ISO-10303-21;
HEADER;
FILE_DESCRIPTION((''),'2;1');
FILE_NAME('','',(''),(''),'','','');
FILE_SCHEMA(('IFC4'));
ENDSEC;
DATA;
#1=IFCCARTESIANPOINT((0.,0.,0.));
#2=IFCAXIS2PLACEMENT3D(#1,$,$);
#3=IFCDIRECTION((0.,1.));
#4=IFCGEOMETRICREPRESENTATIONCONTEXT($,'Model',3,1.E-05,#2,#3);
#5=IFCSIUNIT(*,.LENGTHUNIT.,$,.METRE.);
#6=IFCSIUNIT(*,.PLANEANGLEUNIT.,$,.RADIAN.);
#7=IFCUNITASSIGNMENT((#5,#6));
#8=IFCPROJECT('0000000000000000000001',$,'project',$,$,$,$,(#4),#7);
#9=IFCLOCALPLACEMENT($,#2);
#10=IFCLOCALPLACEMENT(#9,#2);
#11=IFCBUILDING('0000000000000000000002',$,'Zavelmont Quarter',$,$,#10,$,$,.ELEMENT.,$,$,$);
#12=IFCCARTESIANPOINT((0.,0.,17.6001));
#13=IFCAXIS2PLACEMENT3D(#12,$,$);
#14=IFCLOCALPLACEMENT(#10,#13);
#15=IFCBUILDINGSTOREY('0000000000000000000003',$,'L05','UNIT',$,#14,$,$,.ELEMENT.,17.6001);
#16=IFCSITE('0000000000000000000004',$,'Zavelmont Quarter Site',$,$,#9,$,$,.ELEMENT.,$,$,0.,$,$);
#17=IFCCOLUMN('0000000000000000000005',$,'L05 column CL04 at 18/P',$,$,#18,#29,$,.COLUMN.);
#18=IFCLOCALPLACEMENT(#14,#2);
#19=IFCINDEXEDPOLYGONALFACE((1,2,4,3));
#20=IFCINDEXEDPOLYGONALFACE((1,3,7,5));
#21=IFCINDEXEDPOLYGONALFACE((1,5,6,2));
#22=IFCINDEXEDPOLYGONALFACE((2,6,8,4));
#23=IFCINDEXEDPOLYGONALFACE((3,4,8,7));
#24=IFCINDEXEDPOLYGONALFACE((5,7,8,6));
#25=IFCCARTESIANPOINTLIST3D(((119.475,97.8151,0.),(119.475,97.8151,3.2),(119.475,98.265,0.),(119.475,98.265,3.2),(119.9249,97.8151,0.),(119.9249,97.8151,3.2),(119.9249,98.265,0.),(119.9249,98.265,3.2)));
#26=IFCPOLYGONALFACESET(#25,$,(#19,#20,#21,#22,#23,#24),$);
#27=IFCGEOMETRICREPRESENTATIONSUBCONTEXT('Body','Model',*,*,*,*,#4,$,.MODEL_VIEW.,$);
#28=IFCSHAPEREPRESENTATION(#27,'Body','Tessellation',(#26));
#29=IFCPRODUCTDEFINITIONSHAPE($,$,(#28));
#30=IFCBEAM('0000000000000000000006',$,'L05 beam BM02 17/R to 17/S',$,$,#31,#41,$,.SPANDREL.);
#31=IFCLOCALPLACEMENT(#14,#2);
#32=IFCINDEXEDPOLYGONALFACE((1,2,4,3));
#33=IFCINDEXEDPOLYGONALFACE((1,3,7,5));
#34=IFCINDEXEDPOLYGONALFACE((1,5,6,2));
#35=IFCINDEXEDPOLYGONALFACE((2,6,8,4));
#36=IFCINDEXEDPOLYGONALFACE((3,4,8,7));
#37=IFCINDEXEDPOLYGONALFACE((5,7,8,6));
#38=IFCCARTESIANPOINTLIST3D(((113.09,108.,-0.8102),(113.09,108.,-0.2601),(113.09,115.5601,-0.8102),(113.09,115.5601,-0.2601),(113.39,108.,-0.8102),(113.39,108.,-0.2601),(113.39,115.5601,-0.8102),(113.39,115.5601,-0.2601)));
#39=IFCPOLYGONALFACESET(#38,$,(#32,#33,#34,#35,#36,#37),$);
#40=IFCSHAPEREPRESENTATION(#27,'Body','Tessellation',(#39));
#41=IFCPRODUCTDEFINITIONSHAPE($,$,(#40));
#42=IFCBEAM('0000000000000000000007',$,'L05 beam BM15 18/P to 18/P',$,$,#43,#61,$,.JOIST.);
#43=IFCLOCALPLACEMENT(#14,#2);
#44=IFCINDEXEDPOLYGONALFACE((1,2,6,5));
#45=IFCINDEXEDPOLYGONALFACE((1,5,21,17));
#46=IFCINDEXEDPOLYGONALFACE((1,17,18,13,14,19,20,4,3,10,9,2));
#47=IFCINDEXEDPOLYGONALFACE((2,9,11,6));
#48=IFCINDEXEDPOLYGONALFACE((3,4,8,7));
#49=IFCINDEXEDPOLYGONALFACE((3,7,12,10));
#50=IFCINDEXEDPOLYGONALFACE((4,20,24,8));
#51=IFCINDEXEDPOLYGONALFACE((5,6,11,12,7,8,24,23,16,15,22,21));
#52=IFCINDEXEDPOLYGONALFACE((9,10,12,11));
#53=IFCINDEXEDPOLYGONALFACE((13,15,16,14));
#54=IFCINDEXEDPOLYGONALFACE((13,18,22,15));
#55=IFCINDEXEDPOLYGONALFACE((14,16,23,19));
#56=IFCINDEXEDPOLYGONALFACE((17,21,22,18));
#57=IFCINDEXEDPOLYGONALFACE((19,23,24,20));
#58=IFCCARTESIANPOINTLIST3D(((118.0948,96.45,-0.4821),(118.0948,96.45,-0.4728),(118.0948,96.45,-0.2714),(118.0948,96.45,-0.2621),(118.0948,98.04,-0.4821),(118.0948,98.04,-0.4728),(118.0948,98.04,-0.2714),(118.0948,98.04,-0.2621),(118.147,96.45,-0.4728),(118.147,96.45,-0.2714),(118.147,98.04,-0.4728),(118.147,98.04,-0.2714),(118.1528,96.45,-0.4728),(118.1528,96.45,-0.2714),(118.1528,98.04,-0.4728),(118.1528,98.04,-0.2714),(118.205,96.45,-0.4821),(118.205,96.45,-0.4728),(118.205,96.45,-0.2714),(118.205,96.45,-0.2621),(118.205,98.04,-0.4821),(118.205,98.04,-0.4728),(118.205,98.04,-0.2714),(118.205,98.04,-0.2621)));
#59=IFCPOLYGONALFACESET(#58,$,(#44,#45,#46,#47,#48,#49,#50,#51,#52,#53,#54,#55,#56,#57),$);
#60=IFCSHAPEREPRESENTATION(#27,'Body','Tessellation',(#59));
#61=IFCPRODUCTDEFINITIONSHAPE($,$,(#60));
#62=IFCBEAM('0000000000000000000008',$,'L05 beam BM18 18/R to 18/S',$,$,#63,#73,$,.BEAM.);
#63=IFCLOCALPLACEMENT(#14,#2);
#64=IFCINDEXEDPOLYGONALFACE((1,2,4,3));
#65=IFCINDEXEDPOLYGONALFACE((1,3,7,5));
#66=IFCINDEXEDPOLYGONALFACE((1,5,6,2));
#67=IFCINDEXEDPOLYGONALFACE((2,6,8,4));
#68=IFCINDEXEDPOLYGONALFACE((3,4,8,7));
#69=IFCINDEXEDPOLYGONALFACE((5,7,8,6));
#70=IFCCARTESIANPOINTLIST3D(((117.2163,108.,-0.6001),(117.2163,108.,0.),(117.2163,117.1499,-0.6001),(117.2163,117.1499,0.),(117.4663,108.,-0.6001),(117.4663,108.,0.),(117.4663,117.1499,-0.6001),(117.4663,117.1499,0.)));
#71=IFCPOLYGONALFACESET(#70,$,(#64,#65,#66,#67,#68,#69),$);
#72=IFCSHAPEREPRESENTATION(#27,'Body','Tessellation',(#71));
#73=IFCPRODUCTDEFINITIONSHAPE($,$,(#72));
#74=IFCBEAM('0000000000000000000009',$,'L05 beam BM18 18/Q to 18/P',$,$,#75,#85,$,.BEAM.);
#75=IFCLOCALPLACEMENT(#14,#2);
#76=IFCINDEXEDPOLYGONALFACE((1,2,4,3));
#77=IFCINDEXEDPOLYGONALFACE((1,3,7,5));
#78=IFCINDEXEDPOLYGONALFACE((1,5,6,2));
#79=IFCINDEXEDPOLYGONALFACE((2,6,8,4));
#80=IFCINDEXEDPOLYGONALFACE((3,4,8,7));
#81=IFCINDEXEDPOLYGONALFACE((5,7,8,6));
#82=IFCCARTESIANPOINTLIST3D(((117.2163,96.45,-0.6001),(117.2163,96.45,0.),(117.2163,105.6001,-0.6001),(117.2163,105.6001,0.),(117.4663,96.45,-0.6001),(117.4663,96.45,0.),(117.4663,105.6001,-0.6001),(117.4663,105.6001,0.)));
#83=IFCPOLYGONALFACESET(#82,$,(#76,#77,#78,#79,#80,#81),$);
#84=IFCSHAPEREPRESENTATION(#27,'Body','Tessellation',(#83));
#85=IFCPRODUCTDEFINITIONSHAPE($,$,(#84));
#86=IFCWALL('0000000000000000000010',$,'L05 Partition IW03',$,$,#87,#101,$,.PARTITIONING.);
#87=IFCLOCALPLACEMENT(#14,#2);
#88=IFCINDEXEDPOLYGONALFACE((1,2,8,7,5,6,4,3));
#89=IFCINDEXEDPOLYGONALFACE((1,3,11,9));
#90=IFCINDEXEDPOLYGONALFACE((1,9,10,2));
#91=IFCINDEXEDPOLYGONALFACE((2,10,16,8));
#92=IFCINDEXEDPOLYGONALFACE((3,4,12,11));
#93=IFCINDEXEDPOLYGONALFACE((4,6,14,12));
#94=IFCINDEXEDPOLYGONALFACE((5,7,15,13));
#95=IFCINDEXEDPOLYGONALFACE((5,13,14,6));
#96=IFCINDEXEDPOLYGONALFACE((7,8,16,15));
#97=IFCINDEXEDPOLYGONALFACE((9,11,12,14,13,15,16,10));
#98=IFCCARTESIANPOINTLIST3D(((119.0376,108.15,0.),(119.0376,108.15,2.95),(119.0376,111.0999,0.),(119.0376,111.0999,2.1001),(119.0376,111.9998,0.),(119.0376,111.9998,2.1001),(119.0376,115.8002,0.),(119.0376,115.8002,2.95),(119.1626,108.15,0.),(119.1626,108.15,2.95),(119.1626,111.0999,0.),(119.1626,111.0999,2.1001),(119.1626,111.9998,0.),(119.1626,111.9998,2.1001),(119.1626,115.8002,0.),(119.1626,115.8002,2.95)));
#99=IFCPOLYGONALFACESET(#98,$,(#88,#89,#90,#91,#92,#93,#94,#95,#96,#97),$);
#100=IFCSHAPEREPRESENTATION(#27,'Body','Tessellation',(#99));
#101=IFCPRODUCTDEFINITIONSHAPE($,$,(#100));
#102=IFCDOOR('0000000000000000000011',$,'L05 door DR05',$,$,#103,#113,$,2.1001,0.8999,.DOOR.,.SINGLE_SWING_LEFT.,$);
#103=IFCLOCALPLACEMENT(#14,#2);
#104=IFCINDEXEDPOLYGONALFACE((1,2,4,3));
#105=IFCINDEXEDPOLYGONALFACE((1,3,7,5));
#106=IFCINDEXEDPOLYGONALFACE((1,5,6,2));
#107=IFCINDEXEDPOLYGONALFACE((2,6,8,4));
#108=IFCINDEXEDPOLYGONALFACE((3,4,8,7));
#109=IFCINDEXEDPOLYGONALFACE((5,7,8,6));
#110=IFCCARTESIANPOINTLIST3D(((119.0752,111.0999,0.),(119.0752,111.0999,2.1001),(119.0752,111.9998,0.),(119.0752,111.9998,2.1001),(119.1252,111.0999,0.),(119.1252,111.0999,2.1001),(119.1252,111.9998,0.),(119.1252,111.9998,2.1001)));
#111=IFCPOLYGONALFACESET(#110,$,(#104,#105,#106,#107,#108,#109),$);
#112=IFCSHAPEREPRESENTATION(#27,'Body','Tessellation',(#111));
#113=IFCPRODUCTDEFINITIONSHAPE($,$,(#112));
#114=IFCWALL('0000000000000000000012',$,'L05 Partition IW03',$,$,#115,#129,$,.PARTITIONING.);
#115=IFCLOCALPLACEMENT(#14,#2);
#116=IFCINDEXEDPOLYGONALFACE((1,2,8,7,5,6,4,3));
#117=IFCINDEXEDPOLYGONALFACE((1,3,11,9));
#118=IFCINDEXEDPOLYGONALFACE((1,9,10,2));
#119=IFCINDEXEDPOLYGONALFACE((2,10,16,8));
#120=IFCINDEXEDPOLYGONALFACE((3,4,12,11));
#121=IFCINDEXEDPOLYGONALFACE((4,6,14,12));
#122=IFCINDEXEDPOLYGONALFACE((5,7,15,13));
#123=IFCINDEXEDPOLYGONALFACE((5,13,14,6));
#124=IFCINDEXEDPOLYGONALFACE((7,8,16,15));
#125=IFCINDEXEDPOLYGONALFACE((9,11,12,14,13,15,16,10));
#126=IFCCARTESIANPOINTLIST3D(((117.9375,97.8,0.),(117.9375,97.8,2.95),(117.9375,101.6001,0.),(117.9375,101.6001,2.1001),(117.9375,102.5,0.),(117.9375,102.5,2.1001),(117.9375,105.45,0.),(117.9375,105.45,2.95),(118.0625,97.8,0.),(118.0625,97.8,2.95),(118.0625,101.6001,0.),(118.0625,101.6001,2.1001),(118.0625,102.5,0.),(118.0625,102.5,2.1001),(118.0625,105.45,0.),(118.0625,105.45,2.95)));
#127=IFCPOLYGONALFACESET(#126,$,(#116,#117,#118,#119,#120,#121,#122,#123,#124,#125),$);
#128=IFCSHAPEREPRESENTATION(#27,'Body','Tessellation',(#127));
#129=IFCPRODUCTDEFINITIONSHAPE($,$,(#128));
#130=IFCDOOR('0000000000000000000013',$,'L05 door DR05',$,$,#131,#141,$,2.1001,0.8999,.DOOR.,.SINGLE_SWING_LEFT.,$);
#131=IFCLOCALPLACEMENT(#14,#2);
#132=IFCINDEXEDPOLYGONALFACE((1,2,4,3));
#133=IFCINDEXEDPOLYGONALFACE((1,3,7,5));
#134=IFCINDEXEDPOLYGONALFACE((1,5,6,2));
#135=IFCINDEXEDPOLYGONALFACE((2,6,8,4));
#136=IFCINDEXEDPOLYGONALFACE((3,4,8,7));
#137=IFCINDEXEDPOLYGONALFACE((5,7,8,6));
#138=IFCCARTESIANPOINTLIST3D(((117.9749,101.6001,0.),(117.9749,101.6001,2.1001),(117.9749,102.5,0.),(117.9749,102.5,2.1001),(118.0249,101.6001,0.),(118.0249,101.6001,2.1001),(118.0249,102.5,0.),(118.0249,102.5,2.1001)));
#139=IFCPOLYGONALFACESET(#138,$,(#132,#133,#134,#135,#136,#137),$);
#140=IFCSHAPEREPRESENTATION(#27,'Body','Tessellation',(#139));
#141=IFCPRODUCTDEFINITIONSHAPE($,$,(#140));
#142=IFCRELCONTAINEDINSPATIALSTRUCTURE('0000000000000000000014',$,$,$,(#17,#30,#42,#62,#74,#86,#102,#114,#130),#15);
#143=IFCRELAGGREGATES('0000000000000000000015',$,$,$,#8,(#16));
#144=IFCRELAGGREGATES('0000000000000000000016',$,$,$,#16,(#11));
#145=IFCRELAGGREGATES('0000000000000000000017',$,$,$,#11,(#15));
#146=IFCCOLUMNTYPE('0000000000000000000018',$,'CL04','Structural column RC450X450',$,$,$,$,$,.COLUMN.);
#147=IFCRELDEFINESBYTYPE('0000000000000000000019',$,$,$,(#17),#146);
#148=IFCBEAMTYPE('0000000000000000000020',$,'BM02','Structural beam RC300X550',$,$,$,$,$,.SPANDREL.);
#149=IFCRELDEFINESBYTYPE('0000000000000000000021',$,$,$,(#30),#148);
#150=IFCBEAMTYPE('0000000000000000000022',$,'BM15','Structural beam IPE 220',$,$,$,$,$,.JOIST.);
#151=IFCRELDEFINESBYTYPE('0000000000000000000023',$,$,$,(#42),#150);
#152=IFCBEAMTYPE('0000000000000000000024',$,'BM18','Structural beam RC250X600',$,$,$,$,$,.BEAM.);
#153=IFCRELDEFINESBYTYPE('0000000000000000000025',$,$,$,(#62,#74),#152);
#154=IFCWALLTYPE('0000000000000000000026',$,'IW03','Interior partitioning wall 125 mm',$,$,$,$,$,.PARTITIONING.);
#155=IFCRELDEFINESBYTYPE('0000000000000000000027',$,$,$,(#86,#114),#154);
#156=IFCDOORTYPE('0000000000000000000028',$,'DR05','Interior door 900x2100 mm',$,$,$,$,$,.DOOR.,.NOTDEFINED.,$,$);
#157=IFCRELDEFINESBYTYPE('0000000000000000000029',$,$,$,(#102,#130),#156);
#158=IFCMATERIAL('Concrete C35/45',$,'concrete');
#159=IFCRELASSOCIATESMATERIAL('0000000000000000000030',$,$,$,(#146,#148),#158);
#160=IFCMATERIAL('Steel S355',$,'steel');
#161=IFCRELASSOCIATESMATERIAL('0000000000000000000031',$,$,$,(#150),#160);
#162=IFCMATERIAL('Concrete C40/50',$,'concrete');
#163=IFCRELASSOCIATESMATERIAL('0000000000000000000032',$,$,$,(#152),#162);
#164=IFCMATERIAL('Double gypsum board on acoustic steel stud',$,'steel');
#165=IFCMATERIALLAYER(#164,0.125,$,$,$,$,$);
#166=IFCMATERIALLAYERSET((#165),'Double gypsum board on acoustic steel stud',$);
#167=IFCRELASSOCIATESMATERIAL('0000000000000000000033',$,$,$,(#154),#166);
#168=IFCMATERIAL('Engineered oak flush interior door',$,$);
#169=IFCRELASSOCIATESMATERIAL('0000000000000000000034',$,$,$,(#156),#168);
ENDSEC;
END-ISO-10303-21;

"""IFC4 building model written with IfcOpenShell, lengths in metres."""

from ifc_helpers import new_model, si_unit, direction, frame, frame_2d, origin, origin_with_axes, origin_2d, place, context, subcontext, project, spatial, rectangle, i_section, extrude, material, layer, layer_set, material_profile, profile_set, type_object, element, fill, save


model = new_model("IFC4")

# Units and contexts
model_context = context("Model", 3, precision=1e-05, world=origin(), true_north=direction((0.0, 1.0)))
body_context = subcontext(model_context, "Body", "Model", "MODEL_VIEW")
ifc_project = project(units=[si_unit("LENGTHUNIT", "METRE"), si_unit("PLANEANGLEUNIT", "RADIAN")], contexts=[model_context])

# Site, building, storey
site_placement = place(None, origin())
site = spatial("IfcSite", under=ifc_project, at=site_placement, Name="Zavelmont Quarter Site", CompositionType="ELEMENT", RefElevation=0.0)
building_placement = place(site_placement, origin())
building = spatial("IfcBuilding", under=site, at=building_placement, Name="Zavelmont Quarter", CompositionType="ELEMENT")
storey_placement = place(building_placement, frame((0.0, 0.0, 17.6001)))
storey = spatial("IfcBuildingStorey", under=building, at=storey_placement, Name="L05", Description="UNIT", CompositionType="ELEMENT", Elevation=17.6001)

# Column
ifc_material_1 = material(Name="Concrete C35/45", Category="concrete")
ifc_material_profile_1 = material_profile(ifc_material_1, rectangle(XDim=0.45, YDim=0.45, at=origin_2d()), Name="RC450X450")
ifc_profile_set_1 = profile_set([ifc_material_profile_1], Name="Concrete C35/45")
column_type = type_object("IfcColumnType", Name="CL04", Description="Structural column RC450X450", PredefinedType="COLUMN", material=ifc_profile_set_1)
column_placement = place(storey_placement, frame((119.7, 98.04, 0.0), z_axis=(0.0, 0.0, 1.0), x_axis=(1.0, 0.0, 0.0)))
element("IfcColumn", 1, at=column_placement, inside=storey, type_object=column_type, Name="L05 column CL04 at 18/P", PredefinedType="COLUMN", context=body_context, shape_type="SweptSolid", body=[
    extrude(rectangle(XDim=0.45, YDim=0.45, at=origin_2d()), origin(), (0.0, 0.0, 1.0), 3.2),
])

# Beams
ifc_material_profile_2 = material_profile(ifc_material_1, rectangle(XDim=0.3, YDim=0.55, at=origin_2d()), Name="RC300X550")
ifc_profile_set_2 = profile_set([ifc_material_profile_2], Name="Concrete C35/45")
beam_type_1 = type_object("IfcBeamType", Name="BM02", Description="Structural beam RC300X550", PredefinedType="SPANDREL", material=ifc_profile_set_2)
beam_1_placement = place(storey_placement, frame((113.24, 108.0, -0.5352), z_axis=(0.0, 1.0, 0.0), x_axis=(-1.0, 0.0, 0.0)))
element("IfcBeam", 2, at=beam_1_placement, inside=storey, type_object=beam_type_1, Name="L05 beam BM02 17/R to 17/S", PredefinedType="SPANDREL", context=body_context, shape_type="SweptSolid", body=[
    extrude(rectangle(XDim=0.3, YDim=0.55, at=origin_2d()), origin(), (0.0, 0.0, 1.0), 7.5601),
])
ifc_material_2 = material(Name="Steel S355", Category="steel")
ifc_material_profile_3 = material_profile(ifc_material_2, i_section(OverallWidth=0.1101, OverallDepth=0.22, WebThickness=0.0059, FlangeThickness=0.0093, at=origin_2d()), Name="IPE 220")
ifc_profile_set_3 = profile_set([ifc_material_profile_3], Name="Steel S355")
beam_type_2 = type_object("IfcBeamType", Name="BM15", Description="Structural beam IPE 220", PredefinedType="JOIST", material=ifc_profile_set_3)
beam_2_placement = place(storey_placement, frame((118.1499, 98.04, -0.3721), z_axis=(0.0, -1.0, 0.0), x_axis=(1.0, 0.0, 0.0)))
element("IfcBeam", 3, at=beam_2_placement, inside=storey, type_object=beam_type_2, Name="L05 beam BM15 18/P to 18/P", PredefinedType="JOIST", context=body_context, shape_type="SweptSolid", body=[
    extrude(i_section(OverallWidth=0.1101, OverallDepth=0.22, WebThickness=0.0059, FlangeThickness=0.0093, at=origin_2d()), origin(), (0.0, 0.0, 1.0), 1.5901),
])
ifc_material_3 = material(Name="Concrete C40/50", Category="concrete")
ifc_material_profile_4 = material_profile(ifc_material_3, rectangle(XDim=0.25, YDim=0.6001, at=origin_2d()), Name="RC250X600")
ifc_profile_set_4 = profile_set([ifc_material_profile_4], Name="Concrete C40/50")
beam_type_3 = type_object("IfcBeamType", Name="BM18", Description="Structural beam RC250X600", PredefinedType="BEAM", material=ifc_profile_set_4)
beam_3_placement = place(storey_placement, frame((117.3413, 108.0, -0.3), z_axis=(0.0, 1.0, 0.0), x_axis=(-1.0, 0.0, 0.0)))
element("IfcBeam", 4, at=beam_3_placement, inside=storey, type_object=beam_type_3, Name="L05 beam BM18 18/R to 18/S", PredefinedType="BEAM", context=body_context, shape_type="SweptSolid", body=[
    extrude(rectangle(XDim=0.25, YDim=0.6001, at=origin_2d()), origin(), (0.0, 0.0, 1.0), 9.1499),
])
beam_4_placement = place(storey_placement, frame((117.3413, 105.6001, -0.3), z_axis=(0.0, -1.0, 0.0), x_axis=(1.0, 0.0, 0.0)))
element("IfcBeam", 5, at=beam_4_placement, inside=storey, type_object=beam_type_3, Name="L05 beam BM18 18/Q to 18/P", PredefinedType="BEAM", context=body_context, shape_type="SweptSolid", body=[
    extrude(rectangle(XDim=0.25, YDim=0.6001, at=origin_2d()), origin(), (0.0, 0.0, 1.0), 9.1501),
])

# Walls, openings, doors
ifc_material_4 = material(Name="Double gypsum board on acoustic steel stud", Category="steel")
ifc_layer_1 = layer(ifc_material_4, 0.125)
ifc_layer_set_1 = layer_set([ifc_layer_1], Name="Double gypsum board on acoustic steel stud")
wall_type_1 = type_object("IfcWallType", Name="IW03", Description="Interior partitioning wall 125 mm", PredefinedType="PARTITIONING", material=ifc_layer_set_1)
wall_1_placement = place(storey_placement, frame((119.1001, 108.1499, 0.0), z_axis=(0.0, 0.0, 1.0), x_axis=(0.0, 1.0, 0.0)))
wall_1 = element("IfcWall", 6, at=wall_1_placement, inside=storey, type_object=wall_type_1, Name="L05 Partition IW03", PredefinedType="PARTITIONING", context=body_context, shape_type="SweptSolid", body=[
    extrude(rectangle(XDim=7.6501, YDim=0.125, at=frame_2d((3.8252, 0.0))), origin(), (0.0, 0.0, 1.0), 2.95),
])
opening_1_placement = place(wall_1_placement, frame((2.95, 0.0, 0.0)))
opening_1 = element("IfcOpeningElement", 7, at=opening_1_placement, cuts=wall_1, PredefinedType="OPENING", context=body_context, shape_type="SweptSolid", body=[
    extrude(rectangle(XDim=0.8999, YDim=2.1001, at=frame_2d((0.45, 1.05))), frame((0.0, 0.0745, 0.0), z_axis=(0.0, -1.0, 0.0), x_axis=(1.0, 0.0, 0.0)), (0.0, 0.0, 1.0), 0.1489),
])
ifc_material_5 = material(Name="Engineered oak flush interior door")
door_type_1 = type_object("IfcDoorType", Name="DR05", Description="Interior door 900x2100 mm", OperationType="NOTDEFINED", PredefinedType="DOOR", material=ifc_material_5)
door_1_placement = place(opening_1_placement, origin_with_axes())
door_1 = element("IfcDoor", 8, at=door_1_placement, inside=storey, type_object=door_type_1, Name="L05 door DR05", OperationType="SINGLE_SWING_LEFT", OverallHeight=2.1001, OverallWidth=0.8999, PredefinedType="DOOR", context=body_context, shape_type="SweptSolid", body=[
    extrude(rectangle(XDim=0.8999, YDim=2.1001, at=frame_2d((0.45, 1.05))), frame((0.0, 0.0249, 0.0), z_axis=(0.0, -1.0, 0.0), x_axis=(1.0, 0.0, 0.0)), (0.0, 0.0, 1.0), 0.05),
])
fill(opening_1, door_1)
wall_2_placement = place(storey_placement, frame((118.0, 105.45, 0.0), z_axis=(0.0, 0.0, 1.0), x_axis=(0.0, -1.0, 0.0)))
wall_2 = element("IfcWall", 9, at=wall_2_placement, inside=storey, type_object=wall_type_1, Name="L05 Partition IW03", PredefinedType="PARTITIONING", context=body_context, shape_type="SweptSolid", body=[
    extrude(rectangle(XDim=7.6499, YDim=0.125, at=frame_2d((3.825, 0.0))), origin(), (0.0, 0.0, 1.0), 2.95),
])
opening_2_placement = place(wall_2_placement, frame((2.95, 0.0, 0.0)))
opening_2 = element("IfcOpeningElement", 10, at=opening_2_placement, cuts=wall_2, PredefinedType="OPENING", context=body_context, shape_type="SweptSolid", body=[
    extrude(rectangle(XDim=0.8999, YDim=2.1001, at=frame_2d((0.45, 1.05))), frame((0.0, 0.0745, 0.0), z_axis=(0.0, -1.0, 0.0), x_axis=(1.0, 0.0, 0.0)), (0.0, 0.0, 1.0), 0.1489),
])
door_2_placement = place(opening_2_placement, origin_with_axes())
door_2 = element("IfcDoor", 11, at=door_2_placement, inside=storey, type_object=door_type_1, Name="L05 door DR05", OperationType="SINGLE_SWING_LEFT", OverallHeight=2.1001, OverallWidth=0.8999, PredefinedType="DOOR", context=body_context, shape_type="SweptSolid", body=[
    extrude(rectangle(XDim=0.8999, YDim=2.1001, at=frame_2d((0.45, 1.05))), frame((0.0, 0.0249, 0.0), z_axis=(0.0, -1.0, 0.0), x_axis=(1.0, 0.0, 0.0)), (0.0, 0.0, 1.0), 0.05),
])
fill(opening_2, door_2)

save(model, "model.ifc")
